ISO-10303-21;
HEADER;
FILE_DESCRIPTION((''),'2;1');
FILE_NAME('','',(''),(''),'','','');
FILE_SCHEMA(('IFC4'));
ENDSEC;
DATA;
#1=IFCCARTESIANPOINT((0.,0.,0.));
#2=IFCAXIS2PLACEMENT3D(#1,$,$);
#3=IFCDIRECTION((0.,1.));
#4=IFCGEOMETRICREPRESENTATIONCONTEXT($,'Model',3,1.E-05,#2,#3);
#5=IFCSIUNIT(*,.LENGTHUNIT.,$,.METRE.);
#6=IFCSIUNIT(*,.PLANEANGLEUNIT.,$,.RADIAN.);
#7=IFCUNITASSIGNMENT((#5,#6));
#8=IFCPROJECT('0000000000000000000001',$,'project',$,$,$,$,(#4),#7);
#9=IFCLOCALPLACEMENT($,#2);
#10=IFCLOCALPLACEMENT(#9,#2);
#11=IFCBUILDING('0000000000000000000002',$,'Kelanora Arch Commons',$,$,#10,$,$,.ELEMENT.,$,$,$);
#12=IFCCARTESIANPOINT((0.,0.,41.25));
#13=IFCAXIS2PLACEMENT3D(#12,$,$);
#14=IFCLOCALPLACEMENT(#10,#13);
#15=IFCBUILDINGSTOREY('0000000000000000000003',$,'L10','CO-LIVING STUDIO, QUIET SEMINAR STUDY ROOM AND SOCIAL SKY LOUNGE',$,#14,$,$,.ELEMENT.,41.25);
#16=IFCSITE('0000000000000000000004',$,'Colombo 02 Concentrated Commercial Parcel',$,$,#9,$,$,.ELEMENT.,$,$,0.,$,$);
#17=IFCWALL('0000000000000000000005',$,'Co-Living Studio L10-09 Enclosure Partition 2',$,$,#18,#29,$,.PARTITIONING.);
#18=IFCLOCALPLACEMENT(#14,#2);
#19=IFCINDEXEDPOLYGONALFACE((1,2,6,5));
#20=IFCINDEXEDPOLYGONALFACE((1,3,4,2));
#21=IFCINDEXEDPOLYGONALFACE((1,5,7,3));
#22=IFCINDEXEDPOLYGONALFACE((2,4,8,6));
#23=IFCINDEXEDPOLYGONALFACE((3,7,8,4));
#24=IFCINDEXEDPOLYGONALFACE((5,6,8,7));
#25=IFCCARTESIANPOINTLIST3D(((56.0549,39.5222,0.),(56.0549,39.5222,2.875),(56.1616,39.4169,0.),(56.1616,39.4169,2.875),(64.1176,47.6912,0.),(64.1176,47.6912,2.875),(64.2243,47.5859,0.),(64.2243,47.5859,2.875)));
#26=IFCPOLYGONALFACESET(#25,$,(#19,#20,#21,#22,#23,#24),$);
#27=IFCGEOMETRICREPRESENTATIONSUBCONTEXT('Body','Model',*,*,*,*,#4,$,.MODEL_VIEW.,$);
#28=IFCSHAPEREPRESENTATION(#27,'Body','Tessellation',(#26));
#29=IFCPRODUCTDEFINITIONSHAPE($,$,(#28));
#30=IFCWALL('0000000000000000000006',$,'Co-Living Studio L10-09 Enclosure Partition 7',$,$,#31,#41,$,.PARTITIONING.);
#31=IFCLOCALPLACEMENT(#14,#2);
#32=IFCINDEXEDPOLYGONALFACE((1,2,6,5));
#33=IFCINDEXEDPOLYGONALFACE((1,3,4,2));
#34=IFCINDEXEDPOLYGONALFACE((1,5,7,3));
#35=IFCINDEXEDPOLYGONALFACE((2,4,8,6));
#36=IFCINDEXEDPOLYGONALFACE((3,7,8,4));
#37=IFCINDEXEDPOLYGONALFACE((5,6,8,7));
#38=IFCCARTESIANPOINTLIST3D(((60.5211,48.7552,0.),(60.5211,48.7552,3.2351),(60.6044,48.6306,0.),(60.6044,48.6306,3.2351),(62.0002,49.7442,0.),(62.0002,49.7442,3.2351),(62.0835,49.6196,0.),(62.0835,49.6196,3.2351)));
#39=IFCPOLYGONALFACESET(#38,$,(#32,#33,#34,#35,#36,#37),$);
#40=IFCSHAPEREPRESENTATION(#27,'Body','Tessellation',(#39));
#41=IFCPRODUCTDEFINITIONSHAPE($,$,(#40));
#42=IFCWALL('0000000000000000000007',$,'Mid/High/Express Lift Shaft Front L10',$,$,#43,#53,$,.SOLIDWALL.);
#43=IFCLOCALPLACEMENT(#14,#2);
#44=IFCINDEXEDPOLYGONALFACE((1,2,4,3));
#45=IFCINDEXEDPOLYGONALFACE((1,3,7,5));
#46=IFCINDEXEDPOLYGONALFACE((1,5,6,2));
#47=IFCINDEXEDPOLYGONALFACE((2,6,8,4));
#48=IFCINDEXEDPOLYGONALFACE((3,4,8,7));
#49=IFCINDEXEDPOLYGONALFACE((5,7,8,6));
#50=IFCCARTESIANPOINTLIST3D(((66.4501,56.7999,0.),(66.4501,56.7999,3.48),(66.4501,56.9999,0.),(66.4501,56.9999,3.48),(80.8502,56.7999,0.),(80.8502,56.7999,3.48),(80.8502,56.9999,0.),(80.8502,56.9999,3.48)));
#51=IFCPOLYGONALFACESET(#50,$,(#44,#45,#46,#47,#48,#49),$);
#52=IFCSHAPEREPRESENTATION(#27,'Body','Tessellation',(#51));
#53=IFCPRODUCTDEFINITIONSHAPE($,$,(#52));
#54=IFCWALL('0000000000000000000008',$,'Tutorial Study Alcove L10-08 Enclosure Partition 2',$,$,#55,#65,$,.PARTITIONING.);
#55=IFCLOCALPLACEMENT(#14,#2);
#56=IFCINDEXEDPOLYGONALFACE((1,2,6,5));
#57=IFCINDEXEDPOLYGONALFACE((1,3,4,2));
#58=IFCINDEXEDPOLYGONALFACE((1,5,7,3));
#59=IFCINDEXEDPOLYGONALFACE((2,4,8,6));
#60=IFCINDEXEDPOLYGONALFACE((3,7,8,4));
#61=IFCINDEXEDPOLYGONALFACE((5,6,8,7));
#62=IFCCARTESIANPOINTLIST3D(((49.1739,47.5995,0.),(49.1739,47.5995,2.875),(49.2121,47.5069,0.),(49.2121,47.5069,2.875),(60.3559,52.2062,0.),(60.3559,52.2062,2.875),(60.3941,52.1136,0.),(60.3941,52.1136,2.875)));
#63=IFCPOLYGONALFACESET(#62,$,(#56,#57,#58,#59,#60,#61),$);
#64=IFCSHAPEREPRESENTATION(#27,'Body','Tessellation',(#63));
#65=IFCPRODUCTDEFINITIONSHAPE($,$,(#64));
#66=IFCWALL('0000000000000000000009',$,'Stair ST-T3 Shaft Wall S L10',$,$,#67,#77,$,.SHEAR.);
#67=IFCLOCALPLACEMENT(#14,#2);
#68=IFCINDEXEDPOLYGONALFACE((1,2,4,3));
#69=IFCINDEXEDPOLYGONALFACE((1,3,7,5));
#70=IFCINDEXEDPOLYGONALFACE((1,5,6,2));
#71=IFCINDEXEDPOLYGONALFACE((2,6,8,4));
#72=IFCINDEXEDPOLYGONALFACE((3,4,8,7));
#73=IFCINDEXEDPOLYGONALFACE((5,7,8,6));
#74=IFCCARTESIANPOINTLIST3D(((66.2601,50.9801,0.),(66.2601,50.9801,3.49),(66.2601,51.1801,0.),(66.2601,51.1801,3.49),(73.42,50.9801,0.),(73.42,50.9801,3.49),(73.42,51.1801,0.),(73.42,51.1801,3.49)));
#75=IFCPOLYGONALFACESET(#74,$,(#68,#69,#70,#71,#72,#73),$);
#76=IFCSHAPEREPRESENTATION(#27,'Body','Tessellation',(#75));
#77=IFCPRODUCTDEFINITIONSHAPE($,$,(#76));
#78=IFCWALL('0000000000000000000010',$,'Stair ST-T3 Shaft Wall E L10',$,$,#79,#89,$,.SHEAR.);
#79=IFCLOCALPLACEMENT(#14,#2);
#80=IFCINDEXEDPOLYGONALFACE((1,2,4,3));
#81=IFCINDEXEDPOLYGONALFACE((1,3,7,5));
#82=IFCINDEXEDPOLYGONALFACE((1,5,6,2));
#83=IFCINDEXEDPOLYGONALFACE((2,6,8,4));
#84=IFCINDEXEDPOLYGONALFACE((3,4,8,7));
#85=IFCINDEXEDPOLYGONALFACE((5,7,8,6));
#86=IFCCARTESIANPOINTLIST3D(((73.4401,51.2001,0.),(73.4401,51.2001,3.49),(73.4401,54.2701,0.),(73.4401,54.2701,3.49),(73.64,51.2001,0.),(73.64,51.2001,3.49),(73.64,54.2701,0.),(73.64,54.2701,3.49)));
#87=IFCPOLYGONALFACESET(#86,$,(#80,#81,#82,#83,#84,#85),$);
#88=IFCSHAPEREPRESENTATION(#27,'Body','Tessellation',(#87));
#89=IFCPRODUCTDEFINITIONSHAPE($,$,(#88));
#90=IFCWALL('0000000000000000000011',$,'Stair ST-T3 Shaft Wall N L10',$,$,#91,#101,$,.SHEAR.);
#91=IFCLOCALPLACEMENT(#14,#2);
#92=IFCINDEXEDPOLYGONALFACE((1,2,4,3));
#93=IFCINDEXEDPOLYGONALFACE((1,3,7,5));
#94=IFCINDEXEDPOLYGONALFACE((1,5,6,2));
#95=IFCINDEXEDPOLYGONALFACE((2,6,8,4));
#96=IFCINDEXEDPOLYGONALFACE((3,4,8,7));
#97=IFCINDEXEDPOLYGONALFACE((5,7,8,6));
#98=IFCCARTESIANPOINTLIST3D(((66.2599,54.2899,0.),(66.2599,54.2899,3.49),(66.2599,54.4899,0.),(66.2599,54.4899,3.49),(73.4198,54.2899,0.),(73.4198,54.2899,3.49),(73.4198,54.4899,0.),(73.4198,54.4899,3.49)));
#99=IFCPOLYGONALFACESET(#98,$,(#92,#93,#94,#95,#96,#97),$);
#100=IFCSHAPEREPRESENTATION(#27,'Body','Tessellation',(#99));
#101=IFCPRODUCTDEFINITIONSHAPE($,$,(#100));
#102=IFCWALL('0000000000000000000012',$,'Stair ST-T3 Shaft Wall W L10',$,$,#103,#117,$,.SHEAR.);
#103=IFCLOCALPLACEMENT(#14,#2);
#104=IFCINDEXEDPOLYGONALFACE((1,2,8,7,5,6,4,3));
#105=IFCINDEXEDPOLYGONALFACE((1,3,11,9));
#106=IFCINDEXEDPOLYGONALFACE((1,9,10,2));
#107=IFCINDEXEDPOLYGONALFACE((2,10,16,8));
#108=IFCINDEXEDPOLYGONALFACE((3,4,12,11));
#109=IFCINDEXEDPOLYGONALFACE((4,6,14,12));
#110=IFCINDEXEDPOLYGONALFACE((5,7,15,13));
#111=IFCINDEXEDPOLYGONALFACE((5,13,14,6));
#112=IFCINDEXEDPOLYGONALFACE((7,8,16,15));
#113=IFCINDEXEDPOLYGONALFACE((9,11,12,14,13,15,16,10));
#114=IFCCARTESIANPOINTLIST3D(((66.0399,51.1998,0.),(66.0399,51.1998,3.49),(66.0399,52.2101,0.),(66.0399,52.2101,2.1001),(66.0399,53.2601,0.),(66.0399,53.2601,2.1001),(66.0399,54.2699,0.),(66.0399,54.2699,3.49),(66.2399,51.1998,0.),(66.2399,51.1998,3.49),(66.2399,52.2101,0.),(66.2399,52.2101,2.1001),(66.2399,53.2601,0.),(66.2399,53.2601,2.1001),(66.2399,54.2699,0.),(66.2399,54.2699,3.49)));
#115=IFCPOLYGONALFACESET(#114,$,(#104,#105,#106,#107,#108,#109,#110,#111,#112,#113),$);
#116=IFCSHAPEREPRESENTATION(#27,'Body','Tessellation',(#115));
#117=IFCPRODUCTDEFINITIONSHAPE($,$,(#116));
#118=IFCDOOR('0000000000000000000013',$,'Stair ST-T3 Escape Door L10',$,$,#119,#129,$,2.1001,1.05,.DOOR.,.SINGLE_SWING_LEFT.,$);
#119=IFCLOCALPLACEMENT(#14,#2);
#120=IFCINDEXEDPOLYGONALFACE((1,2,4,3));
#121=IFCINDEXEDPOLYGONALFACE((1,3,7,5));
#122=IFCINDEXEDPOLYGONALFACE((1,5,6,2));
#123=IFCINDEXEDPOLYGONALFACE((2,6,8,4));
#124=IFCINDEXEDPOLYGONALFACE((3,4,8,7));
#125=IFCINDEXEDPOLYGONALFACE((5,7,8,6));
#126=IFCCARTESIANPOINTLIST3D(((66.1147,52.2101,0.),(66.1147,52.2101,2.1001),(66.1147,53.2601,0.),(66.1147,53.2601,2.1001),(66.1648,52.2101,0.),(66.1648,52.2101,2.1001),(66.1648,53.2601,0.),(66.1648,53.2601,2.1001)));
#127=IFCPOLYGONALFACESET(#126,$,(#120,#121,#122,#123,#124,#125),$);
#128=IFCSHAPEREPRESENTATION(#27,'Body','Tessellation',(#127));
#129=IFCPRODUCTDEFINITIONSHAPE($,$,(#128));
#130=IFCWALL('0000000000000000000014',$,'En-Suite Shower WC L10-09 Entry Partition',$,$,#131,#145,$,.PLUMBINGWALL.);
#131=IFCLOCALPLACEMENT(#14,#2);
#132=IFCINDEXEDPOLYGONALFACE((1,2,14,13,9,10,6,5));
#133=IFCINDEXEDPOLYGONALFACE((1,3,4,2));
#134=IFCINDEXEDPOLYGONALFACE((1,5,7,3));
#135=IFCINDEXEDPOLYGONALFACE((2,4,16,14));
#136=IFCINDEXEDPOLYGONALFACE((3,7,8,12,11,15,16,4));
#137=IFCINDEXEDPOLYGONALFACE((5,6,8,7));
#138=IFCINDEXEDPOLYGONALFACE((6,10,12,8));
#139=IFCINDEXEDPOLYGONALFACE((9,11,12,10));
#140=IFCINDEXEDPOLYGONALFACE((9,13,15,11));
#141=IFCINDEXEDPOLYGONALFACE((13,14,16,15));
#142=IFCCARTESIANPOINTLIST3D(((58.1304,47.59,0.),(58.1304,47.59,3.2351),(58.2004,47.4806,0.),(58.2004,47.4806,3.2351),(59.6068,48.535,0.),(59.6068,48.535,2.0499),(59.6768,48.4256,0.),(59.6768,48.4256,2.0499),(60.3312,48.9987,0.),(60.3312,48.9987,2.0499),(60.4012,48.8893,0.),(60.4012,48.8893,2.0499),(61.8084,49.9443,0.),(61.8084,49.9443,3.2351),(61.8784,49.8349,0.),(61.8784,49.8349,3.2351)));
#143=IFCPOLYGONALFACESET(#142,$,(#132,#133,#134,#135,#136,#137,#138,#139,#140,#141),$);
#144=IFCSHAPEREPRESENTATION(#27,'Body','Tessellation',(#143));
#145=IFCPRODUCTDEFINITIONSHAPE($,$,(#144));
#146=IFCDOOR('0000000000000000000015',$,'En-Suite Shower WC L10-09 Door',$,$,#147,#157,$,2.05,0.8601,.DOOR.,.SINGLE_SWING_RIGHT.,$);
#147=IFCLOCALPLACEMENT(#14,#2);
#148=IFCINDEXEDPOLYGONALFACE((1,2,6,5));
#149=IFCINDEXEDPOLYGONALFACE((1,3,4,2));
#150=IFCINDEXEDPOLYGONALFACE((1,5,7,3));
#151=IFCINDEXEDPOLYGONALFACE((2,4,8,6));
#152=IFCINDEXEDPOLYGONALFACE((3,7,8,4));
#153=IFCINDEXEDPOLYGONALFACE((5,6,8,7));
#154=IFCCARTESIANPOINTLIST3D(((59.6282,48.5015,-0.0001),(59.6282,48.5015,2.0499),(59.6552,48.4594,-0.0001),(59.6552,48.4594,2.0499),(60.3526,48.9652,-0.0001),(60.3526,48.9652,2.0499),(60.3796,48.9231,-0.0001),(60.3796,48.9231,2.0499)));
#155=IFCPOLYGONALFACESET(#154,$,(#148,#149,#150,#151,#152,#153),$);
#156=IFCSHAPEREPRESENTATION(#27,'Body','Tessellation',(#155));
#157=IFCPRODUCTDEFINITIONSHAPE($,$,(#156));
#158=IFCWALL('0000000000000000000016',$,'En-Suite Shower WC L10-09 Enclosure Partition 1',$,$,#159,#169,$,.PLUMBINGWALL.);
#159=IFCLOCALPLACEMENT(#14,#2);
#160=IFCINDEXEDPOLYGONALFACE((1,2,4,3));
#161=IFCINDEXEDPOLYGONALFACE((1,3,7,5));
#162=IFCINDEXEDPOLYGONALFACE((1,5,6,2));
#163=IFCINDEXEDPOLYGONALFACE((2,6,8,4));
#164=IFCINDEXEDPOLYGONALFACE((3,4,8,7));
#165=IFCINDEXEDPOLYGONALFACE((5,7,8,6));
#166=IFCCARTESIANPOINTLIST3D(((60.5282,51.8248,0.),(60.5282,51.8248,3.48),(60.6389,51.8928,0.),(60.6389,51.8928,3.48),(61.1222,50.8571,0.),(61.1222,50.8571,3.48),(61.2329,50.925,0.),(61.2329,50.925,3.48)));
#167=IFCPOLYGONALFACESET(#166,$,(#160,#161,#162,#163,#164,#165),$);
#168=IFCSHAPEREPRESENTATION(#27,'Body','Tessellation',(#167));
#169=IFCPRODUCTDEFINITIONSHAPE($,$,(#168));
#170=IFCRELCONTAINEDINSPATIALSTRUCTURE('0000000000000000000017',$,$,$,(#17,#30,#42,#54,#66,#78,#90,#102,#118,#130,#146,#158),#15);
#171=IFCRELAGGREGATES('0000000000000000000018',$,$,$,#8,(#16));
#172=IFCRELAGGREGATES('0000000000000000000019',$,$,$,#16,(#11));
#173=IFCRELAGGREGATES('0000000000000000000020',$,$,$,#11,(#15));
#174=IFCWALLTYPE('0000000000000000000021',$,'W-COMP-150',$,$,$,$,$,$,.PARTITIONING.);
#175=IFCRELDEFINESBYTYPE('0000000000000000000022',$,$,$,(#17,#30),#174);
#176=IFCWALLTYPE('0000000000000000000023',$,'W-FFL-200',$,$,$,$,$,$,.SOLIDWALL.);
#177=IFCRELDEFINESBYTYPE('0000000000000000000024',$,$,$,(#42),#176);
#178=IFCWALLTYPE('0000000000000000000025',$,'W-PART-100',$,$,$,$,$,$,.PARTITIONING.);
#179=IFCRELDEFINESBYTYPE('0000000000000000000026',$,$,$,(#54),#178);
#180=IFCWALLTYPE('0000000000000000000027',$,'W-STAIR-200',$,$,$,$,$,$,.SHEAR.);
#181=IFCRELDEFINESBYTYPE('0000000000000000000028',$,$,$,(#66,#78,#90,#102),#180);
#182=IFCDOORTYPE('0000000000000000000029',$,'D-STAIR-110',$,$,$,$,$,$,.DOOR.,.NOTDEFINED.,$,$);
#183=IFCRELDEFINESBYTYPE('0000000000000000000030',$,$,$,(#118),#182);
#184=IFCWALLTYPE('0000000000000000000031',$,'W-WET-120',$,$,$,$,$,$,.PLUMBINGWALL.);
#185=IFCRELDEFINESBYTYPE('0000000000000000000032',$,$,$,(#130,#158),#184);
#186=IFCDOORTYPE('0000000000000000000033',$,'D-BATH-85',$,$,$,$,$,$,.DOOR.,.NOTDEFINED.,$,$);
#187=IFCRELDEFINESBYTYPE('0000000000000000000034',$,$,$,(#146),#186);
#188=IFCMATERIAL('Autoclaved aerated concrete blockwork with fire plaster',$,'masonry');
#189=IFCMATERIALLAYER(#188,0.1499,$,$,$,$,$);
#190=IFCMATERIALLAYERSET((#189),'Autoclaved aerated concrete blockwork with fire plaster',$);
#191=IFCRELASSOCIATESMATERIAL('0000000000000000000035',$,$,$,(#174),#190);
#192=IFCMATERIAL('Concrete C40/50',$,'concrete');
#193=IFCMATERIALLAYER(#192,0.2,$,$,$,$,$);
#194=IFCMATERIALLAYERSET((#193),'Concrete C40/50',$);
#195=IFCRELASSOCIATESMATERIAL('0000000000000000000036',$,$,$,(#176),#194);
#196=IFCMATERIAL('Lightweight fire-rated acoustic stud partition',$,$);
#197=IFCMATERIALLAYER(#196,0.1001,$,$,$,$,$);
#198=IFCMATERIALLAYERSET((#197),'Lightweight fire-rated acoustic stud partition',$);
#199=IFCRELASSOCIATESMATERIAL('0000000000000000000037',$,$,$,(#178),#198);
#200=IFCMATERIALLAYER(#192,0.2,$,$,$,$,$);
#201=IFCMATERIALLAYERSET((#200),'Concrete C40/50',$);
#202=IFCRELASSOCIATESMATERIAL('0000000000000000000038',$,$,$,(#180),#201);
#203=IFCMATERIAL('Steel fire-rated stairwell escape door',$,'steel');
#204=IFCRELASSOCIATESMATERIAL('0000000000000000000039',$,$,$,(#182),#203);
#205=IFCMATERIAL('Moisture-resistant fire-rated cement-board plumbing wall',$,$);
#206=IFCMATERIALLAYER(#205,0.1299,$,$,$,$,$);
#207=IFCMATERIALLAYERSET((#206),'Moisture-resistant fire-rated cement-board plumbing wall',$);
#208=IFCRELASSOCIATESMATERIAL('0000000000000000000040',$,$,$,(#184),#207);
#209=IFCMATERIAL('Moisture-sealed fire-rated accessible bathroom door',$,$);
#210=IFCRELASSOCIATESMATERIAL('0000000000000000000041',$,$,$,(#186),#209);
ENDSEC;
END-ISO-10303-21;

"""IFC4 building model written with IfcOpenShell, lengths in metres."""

from ifc_helpers import new_model, si_unit, direction, frame, frame_2d, origin, place, context, subcontext, project, spatial, rectangle, extrude, material, layer, layer_set, type_object, element, fill, save


model = new_model("IFC4")

# Units and contexts
model_context = context("Model", 3, precision=1e-05, world=origin(), true_north=direction((0.0, 1.0)))
body_context = subcontext(model_context, "Body", "Model", "MODEL_VIEW")
ifc_project = project(units=[si_unit("LENGTHUNIT", "METRE"), si_unit("PLANEANGLEUNIT", "RADIAN")], contexts=[model_context])

# Site, building, storey
site_placement = place(None, origin())
site = spatial("IfcSite", under=ifc_project, at=site_placement, Name="Colombo 02 Concentrated Commercial Parcel", CompositionType="ELEMENT", RefElevation=0.0)
building_placement = place(site_placement, origin())
building = spatial("IfcBuilding", under=site, at=building_placement, Name="Kelanora Arch Commons", CompositionType="ELEMENT")
storey_placement = place(building_placement, frame((0.0, 0.0, 41.25)))
storey = spatial("IfcBuildingStorey", under=building, at=storey_placement, Name="L10", Description="CO-LIVING STUDIO, QUIET SEMINAR STUDY ROOM AND SOCIAL SKY LOUNGE", CompositionType="ELEMENT", Elevation=41.25)

# Shared definitions
ifc_material_1 = material(Name="Autoclaved aerated concrete blockwork with fire plaster", Category="masonry")
ifc_layer_1 = layer(ifc_material_1, 0.1499)
ifc_layer_set_1 = layer_set([ifc_layer_1], Name="Autoclaved aerated concrete blockwork with fire plaster")
wall_type_1 = type_object("IfcWallType", Name="W-COMP-150", PredefinedType="PARTITIONING", material=ifc_layer_set_1)

# Walls
wall_1_placement = place(storey_placement, frame((64.1709, 47.6384, 0.0), z_axis=(0.0, 0.0, 1.0), x_axis=(-0.702465, -0.711718, 0.0)))
element("IfcWall", 1, at=wall_1_placement, inside=storey, type_object=wall_type_1, Name="Co-Living Studio L10-09 Enclosure Partition 2", PredefinedType="PARTITIONING", context=body_context, shape_type="SweptSolid", body=[
    extrude(rectangle(XDim=11.4778, YDim=0.1499, at=frame_2d((5.7388, 0.0))), origin(), (0.0, 0.0, 1.0), 2.875),
])
wall_2_placement = place(storey_placement, frame((60.5627, 48.6929, 0.0), z_axis=(0.0, 0.0, 1.0), x_axis=(0.831268, 0.555871, 0.0)))
element("IfcWall", 2, at=wall_2_placement, inside=storey, type_object=wall_type_1, Name="Co-Living Studio L10-09 Enclosure Partition 7", PredefinedType="PARTITIONING", context=body_context, shape_type="SweptSolid", body=[
    extrude(rectangle(XDim=1.7793, YDim=0.1499, at=frame_2d((0.8896, 0.0))), origin(), (0.0, 0.0, 1.0), 3.2351),
])
ifc_material_2 = material(Name="Concrete C40/50", Category="concrete")
ifc_layer_2 = layer(ifc_material_2, 0.2)
ifc_layer_set_2 = layer_set([ifc_layer_2], Name="Concrete C40/50")
wall_type_2 = type_object("IfcWallType", Name="W-FFL-200", PredefinedType="SOLIDWALL", material=ifc_layer_set_2)
wall_3_placement = place(storey_placement, frame((66.45, 56.8999, 0.0), z_axis=(0.0, 0.0, 1.0), x_axis=(1.0, 0.0, 0.0)))
element("IfcWall", 3, at=wall_3_placement, inside=storey, type_object=wall_type_2, Name="Mid/High/Express Lift Shaft Front L10", PredefinedType="SOLIDWALL", context=body_context, shape_type="SweptSolid", body=[
    extrude(rectangle(XDim=14.4001, YDim=0.2, at=frame_2d((7.2002, 0.0))), origin(), (0.0, 0.0, 1.0), 3.48),
])
ifc_material_3 = material(Name="Lightweight fire-rated acoustic stud partition")
ifc_layer_3 = layer(ifc_material_3, 0.1001)
ifc_layer_set_3 = layer_set([ifc_layer_3], Name="Lightweight fire-rated acoustic stud partition")
wall_type_3 = type_object("IfcWallType", Name="W-PART-100", PredefinedType="PARTITIONING", material=ifc_layer_set_3)
wall_4_placement = place(storey_placement, frame((60.375, 52.1599, 0.0), z_axis=(0.0, 0.0, 1.0), x_axis=(-0.924609, -0.380918, 0.0)))
element("IfcWall", 4, at=wall_4_placement, inside=storey, type_object=wall_type_3, Name="Tutorial Study Alcove L10-08 Enclosure Partition 2", PredefinedType="PARTITIONING", context=body_context, shape_type="SweptSolid", body=[
    extrude(rectangle(XDim=12.0938, YDim=0.1001, at=frame_2d((6.0469, 0.0))), origin(), (0.0, 0.0, 1.0), 2.875),
])
ifc_layer_4 = layer(ifc_material_2, 0.2)
ifc_layer_set_4 = layer_set([ifc_layer_4], Name="Concrete C40/50")
wall_type_4 = type_object("IfcWallType", Name="W-STAIR-200", PredefinedType="SHEAR", material=ifc_layer_set_4)
wall_5_placement = place(storey_placement, frame((66.26, 51.0801, 0.0), z_axis=(0.0, 0.0, 1.0), x_axis=(1.0, 0.0, 0.0)))
element("IfcWall", 5, at=wall_5_placement, inside=storey, type_object=wall_type_4, Name="Stair ST-T3 Shaft Wall S L10", PredefinedType="SHEAR", context=body_context, shape_type="SweptSolid", body=[
    extrude(rectangle(XDim=7.1599, YDim=0.2, at=frame_2d((3.5801, 0.0))), origin(), (0.0, 0.0, 1.0), 3.49),
])
wall_6_placement = place(storey_placement, frame((73.54, 51.2, 0.0), z_axis=(0.0, 0.0, 1.0), x_axis=(0.0, 1.0, 0.0)))
element("IfcWall", 6, at=wall_6_placement, inside=storey, type_object=wall_type_4, Name="Stair ST-T3 Shaft Wall E L10", PredefinedType="SHEAR", context=body_context, shape_type="SweptSolid", body=[
    extrude(rectangle(XDim=3.0701, YDim=0.2, at=frame_2d((1.5352, 0.0))), origin(), (0.0, 0.0, 1.0), 3.49),
])
wall_7_placement = place(storey_placement, frame((73.4199, 54.3899, 0.0), z_axis=(0.0, 0.0, 1.0), x_axis=(-1.0, 0.0, 0.0)))
element("IfcWall", 7, at=wall_7_placement, inside=storey, type_object=wall_type_4, Name="Stair ST-T3 Shaft Wall N L10", PredefinedType="SHEAR", context=body_context, shape_type="SweptSolid", body=[
    extrude(rectangle(XDim=7.1599, YDim=0.2, at=frame_2d((3.5801, 0.0))), origin(), (0.0, 0.0, 1.0), 3.49),
])

# Walls, openings, doors
wall_8_placement = place(storey_placement, frame((66.1399, 54.27, 0.0), z_axis=(0.0, 0.0, 1.0), x_axis=(0.0, -1.0, 0.0)))
wall_8 = element("IfcWall", 8, at=wall_8_placement, inside=storey, type_object=wall_type_4, Name="Stair ST-T3 Shaft Wall W L10", PredefinedType="SHEAR", context=body_context, shape_type="SweptSolid", body=[
    extrude(rectangle(XDim=3.0701, YDim=0.2, at=frame_2d((1.5352, 0.0))), origin(), (0.0, 0.0, 1.0), 3.49),
])
opening_1_placement = place(wall_8_placement, frame((1.01, 0.0, 0.0)))
opening_1 = element("IfcOpeningElement", 9, at=opening_1_placement, cuts=wall_8, PredefinedType="OPENING", context=body_context, shape_type="SweptSolid", body=[
    extrude(rectangle(XDim=1.05, YDim=2.1001, at=frame_2d((0.5249, 1.05))), frame((0.0, 0.1099, 0.0), z_axis=(0.0, -1.0, 0.0), x_axis=(1.0, 0.0, 0.0)), (0.0, 0.0, 1.0), 0.22),
])
ifc_material_4 = material(Name="Steel fire-rated stairwell escape door", Category="steel")
door_type_1 = type_object("IfcDoorType", Name="D-STAIR-110", OperationType="NOTDEFINED", PredefinedType="DOOR", material=ifc_material_4)
door_1_placement = place(opening_1_placement, origin())
door_1 = element("IfcDoor", 10, at=door_1_placement, inside=storey, type_object=door_type_1, Name="Stair ST-T3 Escape Door L10", OperationType="SINGLE_SWING_LEFT", OverallHeight=2.1001, OverallWidth=1.05, PredefinedType="DOOR", context=body_context, shape_type="SweptSolid", body=[
    extrude(rectangle(XDim=1.05, YDim=2.1001, at=frame_2d((0.5249, 1.05))), frame((0.0, 0.0249, 0.0), z_axis=(0.0, -1.0, 0.0), x_axis=(1.0, 0.0, 0.0)), (0.0, 0.0, 1.0), 0.05),
])
fill(opening_1, door_1)
ifc_material_5 = material(Name="Moisture-resistant fire-rated cement-board plumbing wall")
ifc_layer_5 = layer(ifc_material_5, 0.1299)
ifc_layer_set_5 = layer_set([ifc_layer_5], Name="Moisture-resistant fire-rated cement-board plumbing wall")
wall_type_5 = type_object("IfcWallType", Name="W-WET-120", PredefinedType="PLUMBINGWALL", material=ifc_layer_set_5)
wall_9_placement = place(storey_placement, frame((61.8435, 49.8896, 0.0), z_axis=(0.0, 0.0, 1.0), x_axis=(-0.842236, -0.539109, 0.0)))
wall_9 = element("IfcWall", 11, at=wall_9_placement, inside=storey, type_object=wall_type_5, Name="En-Suite Shower WC L10-09 Entry Partition", PredefinedType="PLUMBINGWALL", context=body_context, shape_type="SweptSolid", body=[
    extrude(rectangle(XDim=4.3669, YDim=0.1299, at=frame_2d((2.1836, 0.0))), origin(), (0.0, 0.0, 1.0), 3.2351),
])
opening_2_placement = place(wall_9_placement, frame((1.7539, 0.0, 0.0)))
opening_2 = element("IfcOpeningElement", 12, at=opening_2_placement, cuts=wall_9, PredefinedType="OPENING", context=body_context, shape_type="SweptSolid", body=[
    extrude(rectangle(XDim=0.8601, YDim=2.05, at=frame_2d((0.4302, 1.0249))), frame((0.0, 0.075, 0.0), z_axis=(0.0, -1.0, 0.0), x_axis=(1.0, 0.0, 0.0)), (0.0, 0.0, 1.0), 0.1499),
])
ifc_material_6 = material(Name="Moisture-sealed fire-rated accessible bathroom door")
door_type_2 = type_object("IfcDoorType", Name="D-BATH-85", OperationType="NOTDEFINED", PredefinedType="DOOR", material=ifc_material_6)
door_2_placement = place(opening_2_placement, origin())
door_2 = element("IfcDoor", 13, at=door_2_placement, inside=storey, type_object=door_type_2, Name="En-Suite Shower WC L10-09 Door", OperationType="SINGLE_SWING_RIGHT", OverallHeight=2.05, OverallWidth=0.8601, PredefinedType="DOOR", context=body_context, shape_type="SweptSolid", body=[
    extrude(rectangle(XDim=0.8601, YDim=2.05, at=frame_2d((0.4302, 1.0249))), frame((0.0, 0.0249, 0.0), z_axis=(0.0, -1.0, 0.0), x_axis=(1.0, 0.0, 0.0)), (0.0, 0.0, 1.0), 0.05),
])
fill(opening_2, door_2)

# Wall
wall_10_placement = place(storey_placement, frame((60.5835, 51.8589, 0.0), z_axis=(0.0, 0.0, 1.0), x_axis=(0.523101, -0.85227, 0.0)))
element("IfcWall", 14, at=wall_10_placement, inside=storey, type_object=wall_type_5, Name="En-Suite Shower WC L10-09 Enclosure Partition 1", PredefinedType="PLUMBINGWALL", context=body_context, shape_type="SweptSolid", body=[
    extrude(rectangle(XDim=1.1355, YDim=0.1299, at=frame_2d((0.5679, 0.0))), origin(), (0.0, 0.0, 1.0), 3.48),
])

save(model, "model.ifc")
